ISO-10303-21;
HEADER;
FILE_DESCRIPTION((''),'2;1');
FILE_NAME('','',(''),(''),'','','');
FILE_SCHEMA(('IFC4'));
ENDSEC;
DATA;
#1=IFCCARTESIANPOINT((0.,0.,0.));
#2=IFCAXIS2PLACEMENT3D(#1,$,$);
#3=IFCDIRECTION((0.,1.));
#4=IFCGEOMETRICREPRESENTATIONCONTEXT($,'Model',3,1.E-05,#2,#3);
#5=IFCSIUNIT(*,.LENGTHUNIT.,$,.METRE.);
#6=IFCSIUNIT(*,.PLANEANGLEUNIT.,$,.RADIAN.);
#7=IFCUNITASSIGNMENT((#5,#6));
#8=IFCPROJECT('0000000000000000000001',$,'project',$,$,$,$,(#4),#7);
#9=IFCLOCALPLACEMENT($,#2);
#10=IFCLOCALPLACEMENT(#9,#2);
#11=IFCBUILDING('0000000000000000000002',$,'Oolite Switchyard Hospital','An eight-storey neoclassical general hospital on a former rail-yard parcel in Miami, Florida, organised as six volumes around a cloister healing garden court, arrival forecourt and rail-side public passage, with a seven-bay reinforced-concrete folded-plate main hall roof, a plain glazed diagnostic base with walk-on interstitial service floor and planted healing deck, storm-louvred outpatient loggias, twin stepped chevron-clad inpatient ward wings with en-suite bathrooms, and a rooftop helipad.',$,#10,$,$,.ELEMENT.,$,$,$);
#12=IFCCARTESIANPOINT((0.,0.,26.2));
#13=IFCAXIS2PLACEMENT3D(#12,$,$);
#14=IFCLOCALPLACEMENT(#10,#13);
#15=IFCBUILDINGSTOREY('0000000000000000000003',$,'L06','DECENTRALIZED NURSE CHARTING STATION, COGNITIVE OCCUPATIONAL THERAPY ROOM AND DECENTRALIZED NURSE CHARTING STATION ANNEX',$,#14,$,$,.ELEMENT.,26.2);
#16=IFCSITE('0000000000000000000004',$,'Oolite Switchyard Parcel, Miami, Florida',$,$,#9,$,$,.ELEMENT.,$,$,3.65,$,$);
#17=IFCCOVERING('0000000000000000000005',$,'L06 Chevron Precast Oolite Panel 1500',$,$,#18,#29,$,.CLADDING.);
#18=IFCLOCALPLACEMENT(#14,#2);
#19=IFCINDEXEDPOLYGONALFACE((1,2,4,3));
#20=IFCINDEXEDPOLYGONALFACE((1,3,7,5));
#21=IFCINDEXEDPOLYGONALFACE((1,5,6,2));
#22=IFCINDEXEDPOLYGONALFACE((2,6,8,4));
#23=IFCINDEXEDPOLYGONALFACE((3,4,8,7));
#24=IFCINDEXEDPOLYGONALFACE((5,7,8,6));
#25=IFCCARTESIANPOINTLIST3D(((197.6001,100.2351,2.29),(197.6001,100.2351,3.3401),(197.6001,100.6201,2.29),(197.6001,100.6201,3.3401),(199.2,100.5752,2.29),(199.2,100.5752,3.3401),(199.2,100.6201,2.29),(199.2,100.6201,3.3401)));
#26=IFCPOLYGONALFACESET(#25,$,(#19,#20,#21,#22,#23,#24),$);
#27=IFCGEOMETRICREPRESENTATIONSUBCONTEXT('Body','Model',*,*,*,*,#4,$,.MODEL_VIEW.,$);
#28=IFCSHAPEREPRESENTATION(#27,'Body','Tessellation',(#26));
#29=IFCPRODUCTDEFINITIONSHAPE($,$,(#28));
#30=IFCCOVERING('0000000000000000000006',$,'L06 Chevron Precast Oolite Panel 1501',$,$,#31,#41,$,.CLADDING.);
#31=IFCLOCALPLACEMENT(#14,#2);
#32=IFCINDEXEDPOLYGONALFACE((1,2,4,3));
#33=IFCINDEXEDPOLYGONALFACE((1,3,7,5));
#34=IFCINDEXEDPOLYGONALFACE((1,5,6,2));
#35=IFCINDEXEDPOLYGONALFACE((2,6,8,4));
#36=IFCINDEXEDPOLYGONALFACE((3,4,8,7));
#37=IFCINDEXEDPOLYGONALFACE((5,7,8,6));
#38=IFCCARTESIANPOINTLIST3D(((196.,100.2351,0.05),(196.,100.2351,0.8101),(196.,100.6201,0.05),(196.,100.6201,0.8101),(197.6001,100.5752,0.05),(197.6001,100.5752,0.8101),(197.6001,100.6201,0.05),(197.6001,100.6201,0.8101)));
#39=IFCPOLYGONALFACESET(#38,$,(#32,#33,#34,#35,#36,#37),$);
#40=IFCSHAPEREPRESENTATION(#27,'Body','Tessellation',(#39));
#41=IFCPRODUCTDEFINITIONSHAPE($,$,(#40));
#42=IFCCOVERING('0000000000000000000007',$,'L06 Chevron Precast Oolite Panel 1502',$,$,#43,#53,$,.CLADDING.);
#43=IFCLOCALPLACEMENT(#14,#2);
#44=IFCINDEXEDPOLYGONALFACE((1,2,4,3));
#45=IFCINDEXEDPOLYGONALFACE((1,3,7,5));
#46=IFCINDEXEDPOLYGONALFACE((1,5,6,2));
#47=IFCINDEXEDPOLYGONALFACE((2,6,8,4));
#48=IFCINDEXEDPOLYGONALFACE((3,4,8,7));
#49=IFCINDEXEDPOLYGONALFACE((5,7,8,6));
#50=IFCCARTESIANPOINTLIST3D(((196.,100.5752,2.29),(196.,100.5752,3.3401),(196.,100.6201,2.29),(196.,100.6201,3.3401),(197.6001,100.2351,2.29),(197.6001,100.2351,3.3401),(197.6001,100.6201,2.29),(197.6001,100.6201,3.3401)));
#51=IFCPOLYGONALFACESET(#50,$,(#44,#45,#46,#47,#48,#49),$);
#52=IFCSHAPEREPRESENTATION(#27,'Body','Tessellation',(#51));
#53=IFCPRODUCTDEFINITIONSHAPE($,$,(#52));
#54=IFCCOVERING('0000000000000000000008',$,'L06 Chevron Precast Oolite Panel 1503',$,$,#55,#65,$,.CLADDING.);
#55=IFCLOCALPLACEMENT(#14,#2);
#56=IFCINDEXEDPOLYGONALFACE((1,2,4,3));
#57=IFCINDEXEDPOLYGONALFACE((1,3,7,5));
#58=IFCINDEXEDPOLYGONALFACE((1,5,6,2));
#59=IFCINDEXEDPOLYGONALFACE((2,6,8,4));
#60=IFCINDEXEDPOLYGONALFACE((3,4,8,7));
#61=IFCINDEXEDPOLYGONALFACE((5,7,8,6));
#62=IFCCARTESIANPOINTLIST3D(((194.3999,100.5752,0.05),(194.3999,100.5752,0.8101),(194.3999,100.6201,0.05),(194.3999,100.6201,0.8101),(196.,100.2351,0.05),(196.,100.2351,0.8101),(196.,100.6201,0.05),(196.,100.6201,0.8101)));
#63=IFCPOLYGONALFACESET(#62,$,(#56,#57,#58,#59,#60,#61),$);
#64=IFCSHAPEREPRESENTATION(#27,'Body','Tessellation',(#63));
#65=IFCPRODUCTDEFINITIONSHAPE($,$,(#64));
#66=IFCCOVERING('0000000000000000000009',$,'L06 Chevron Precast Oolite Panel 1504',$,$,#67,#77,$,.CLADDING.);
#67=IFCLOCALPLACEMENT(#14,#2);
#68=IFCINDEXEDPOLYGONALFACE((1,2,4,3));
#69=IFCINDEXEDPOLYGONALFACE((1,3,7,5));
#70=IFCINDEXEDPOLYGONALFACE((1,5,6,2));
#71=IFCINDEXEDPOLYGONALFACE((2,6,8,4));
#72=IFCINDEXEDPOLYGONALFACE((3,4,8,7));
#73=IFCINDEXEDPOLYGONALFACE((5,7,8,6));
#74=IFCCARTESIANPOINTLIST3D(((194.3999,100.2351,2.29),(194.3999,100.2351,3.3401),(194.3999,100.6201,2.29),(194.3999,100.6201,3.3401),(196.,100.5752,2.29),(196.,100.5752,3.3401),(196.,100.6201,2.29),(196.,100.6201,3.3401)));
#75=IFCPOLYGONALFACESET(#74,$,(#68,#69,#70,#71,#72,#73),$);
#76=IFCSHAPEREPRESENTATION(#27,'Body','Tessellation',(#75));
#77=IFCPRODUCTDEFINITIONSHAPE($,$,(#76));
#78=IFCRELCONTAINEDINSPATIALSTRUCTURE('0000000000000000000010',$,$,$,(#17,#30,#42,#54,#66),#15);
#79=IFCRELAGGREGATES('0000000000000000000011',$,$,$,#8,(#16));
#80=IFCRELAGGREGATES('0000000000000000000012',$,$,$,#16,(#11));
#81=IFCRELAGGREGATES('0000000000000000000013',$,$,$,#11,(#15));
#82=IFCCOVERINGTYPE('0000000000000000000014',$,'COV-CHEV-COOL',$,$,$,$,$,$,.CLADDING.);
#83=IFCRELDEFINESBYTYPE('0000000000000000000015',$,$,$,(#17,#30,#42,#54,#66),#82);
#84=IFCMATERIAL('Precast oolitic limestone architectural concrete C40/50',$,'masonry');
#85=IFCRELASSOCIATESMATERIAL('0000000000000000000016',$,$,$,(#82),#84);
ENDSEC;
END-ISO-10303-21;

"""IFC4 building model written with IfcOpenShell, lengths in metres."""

from ifc_helpers import new_model, si_unit, direction, frame, origin, place, context, subcontext, project, spatial, polyline, outline, extrude, material, type_object, element, save


model = new_model("IFC4")

# Units and contexts
model_context = context("Model", 3, precision=1e-05, world=origin(), true_north=direction((0.0, 1.0)))
body_context = subcontext(model_context, "Body", "Model", "MODEL_VIEW")
ifc_project = project(units=[si_unit("LENGTHUNIT", "METRE"), si_unit("PLANEANGLEUNIT", "RADIAN")], contexts=[model_context])

# Site, building, storey
site_placement = place(None, origin())
site = spatial("IfcSite", under=ifc_project, at=site_placement, Name="Oolite Switchyard Parcel, Miami, Florida", CompositionType="ELEMENT", RefElevation=3.65)
building_placement = place(site_placement, origin())
building = spatial("IfcBuilding", under=site, at=building_placement, Name="Oolite Switchyard Hospital", Description="An eight-storey neoclassical general hospital on a former rail-yard parcel in Miami, Florida, organised as six volumes around a cloister healing garden court, arrival forecourt and rail-side public passage, with a seven-bay reinforced-concrete folded-plate main hall roof, a plain glazed diagnostic base with walk-on interstitial service floor and planted healing deck, storm-louvred outpatient loggias, twin stepped chevron-clad inpatient ward wings with en-suite bathrooms, and a rooftop helipad.", CompositionType="ELEMENT")
storey_placement = place(building_placement, frame((0.0, 0.0, 26.2)))
storey = spatial("IfcBuildingStorey", under=building, at=storey_placement, Name="L06", Description="DECENTRALIZED NURSE CHARTING STATION, COGNITIVE OCCUPATIONAL THERAPY ROOM AND DECENTRALIZED NURSE CHARTING STATION ANNEX", CompositionType="ELEMENT", Elevation=26.2)

# Coverings
ifc_material_1 = material(Name="Precast oolitic limestone architectural concrete C40/50", Category="masonry")
covering_type = type_object("IfcCoveringType", Name="COV-CHEV-COOL", PredefinedType="CLADDING", material=ifc_material_1)
covering_1_placement = place(storey_placement, frame((199.2, 100.6201, 2.29), z_axis=(0.0, 0.0, 1.0), x_axis=(-1.0, 0.0, 0.0)))
element("IfcCovering", 1, at=covering_1_placement, inside=storey, type_object=covering_type, Name="L06 Chevron Precast Oolite Panel 1500", PredefinedType="CLADDING", context=body_context, shape_type="SweptSolid", body=[
    extrude(outline(polyline([(0.0, 0.0), (1.5999, 0.0), (1.5999, 0.385), (0.0, 0.0449), (0.0, 0.0)])), origin(), (0.0, 0.0, 1.0), 1.05),
])
covering_2_placement = place(storey_placement, frame((197.6001, 100.6201, 0.05), z_axis=(0.0, 0.0, 1.0), x_axis=(-1.0, 0.0, 0.0)))
element("IfcCovering", 2, at=covering_2_placement, inside=storey, type_object=covering_type, Name="L06 Chevron Precast Oolite Panel 1501", PredefinedType="CLADDING", context=body_context, shape_type="SweptSolid", body=[
    extrude(outline(polyline([(0.0, 0.0), (1.6001, 0.0), (1.6001, 0.385), (0.0, 0.0449), (0.0, 0.0)])), origin(), (0.0, 0.0, 1.0), 0.76),
])
covering_3_placement = place(storey_placement, frame((197.6001, 100.6201, 2.29), z_axis=(0.0, 0.0, 1.0), x_axis=(-1.0, 0.0, 0.0)))
element("IfcCovering", 3, at=covering_3_placement, inside=storey, type_object=covering_type, Name="L06 Chevron Precast Oolite Panel 1502", PredefinedType="CLADDING", context=body_context, shape_type="SweptSolid", body=[
    extrude(outline(polyline([(0.0, 0.0), (1.6001, 0.0), (1.6001, 0.0449), (0.0, 0.385), (0.0, 0.0)])), origin(), (0.0, 0.0, 1.0), 1.05),
])
covering_4_placement = place(storey_placement, frame((196.0, 100.6201, 0.05), z_axis=(0.0, 0.0, 1.0), x_axis=(-1.0, 0.0, 0.0)))
element("IfcCovering", 4, at=covering_4_placement, inside=storey, type_object=covering_type, Name="L06 Chevron Precast Oolite Panel 1503", PredefinedType="CLADDING", context=body_context, shape_type="SweptSolid", body=[
    extrude(outline(polyline([(0.0, 0.0), (1.6001, 0.0), (1.6001, 0.0449), (0.0, 0.385), (0.0, 0.0)])), origin(), (0.0, 0.0, 1.0), 0.76),
])
covering_5_placement = place(storey_placement, frame((196.0, 100.6201, 2.29), z_axis=(0.0, 0.0, 1.0), x_axis=(-1.0, 0.0, 0.0)))
element("IfcCovering", 5, at=covering_5_placement, inside=storey, type_object=covering_type, Name="L06 Chevron Precast Oolite Panel 1504", PredefinedType="CLADDING", context=body_context, shape_type="SweptSolid", body=[
    extrude(outline(polyline([(0.0, 0.0), (1.6001, 0.0), (1.6001, 0.385), (0.0, 0.0449), (0.0, 0.0)])), origin(), (0.0, 0.0, 1.0), 1.05),
])

save(model, "model.ifc")
